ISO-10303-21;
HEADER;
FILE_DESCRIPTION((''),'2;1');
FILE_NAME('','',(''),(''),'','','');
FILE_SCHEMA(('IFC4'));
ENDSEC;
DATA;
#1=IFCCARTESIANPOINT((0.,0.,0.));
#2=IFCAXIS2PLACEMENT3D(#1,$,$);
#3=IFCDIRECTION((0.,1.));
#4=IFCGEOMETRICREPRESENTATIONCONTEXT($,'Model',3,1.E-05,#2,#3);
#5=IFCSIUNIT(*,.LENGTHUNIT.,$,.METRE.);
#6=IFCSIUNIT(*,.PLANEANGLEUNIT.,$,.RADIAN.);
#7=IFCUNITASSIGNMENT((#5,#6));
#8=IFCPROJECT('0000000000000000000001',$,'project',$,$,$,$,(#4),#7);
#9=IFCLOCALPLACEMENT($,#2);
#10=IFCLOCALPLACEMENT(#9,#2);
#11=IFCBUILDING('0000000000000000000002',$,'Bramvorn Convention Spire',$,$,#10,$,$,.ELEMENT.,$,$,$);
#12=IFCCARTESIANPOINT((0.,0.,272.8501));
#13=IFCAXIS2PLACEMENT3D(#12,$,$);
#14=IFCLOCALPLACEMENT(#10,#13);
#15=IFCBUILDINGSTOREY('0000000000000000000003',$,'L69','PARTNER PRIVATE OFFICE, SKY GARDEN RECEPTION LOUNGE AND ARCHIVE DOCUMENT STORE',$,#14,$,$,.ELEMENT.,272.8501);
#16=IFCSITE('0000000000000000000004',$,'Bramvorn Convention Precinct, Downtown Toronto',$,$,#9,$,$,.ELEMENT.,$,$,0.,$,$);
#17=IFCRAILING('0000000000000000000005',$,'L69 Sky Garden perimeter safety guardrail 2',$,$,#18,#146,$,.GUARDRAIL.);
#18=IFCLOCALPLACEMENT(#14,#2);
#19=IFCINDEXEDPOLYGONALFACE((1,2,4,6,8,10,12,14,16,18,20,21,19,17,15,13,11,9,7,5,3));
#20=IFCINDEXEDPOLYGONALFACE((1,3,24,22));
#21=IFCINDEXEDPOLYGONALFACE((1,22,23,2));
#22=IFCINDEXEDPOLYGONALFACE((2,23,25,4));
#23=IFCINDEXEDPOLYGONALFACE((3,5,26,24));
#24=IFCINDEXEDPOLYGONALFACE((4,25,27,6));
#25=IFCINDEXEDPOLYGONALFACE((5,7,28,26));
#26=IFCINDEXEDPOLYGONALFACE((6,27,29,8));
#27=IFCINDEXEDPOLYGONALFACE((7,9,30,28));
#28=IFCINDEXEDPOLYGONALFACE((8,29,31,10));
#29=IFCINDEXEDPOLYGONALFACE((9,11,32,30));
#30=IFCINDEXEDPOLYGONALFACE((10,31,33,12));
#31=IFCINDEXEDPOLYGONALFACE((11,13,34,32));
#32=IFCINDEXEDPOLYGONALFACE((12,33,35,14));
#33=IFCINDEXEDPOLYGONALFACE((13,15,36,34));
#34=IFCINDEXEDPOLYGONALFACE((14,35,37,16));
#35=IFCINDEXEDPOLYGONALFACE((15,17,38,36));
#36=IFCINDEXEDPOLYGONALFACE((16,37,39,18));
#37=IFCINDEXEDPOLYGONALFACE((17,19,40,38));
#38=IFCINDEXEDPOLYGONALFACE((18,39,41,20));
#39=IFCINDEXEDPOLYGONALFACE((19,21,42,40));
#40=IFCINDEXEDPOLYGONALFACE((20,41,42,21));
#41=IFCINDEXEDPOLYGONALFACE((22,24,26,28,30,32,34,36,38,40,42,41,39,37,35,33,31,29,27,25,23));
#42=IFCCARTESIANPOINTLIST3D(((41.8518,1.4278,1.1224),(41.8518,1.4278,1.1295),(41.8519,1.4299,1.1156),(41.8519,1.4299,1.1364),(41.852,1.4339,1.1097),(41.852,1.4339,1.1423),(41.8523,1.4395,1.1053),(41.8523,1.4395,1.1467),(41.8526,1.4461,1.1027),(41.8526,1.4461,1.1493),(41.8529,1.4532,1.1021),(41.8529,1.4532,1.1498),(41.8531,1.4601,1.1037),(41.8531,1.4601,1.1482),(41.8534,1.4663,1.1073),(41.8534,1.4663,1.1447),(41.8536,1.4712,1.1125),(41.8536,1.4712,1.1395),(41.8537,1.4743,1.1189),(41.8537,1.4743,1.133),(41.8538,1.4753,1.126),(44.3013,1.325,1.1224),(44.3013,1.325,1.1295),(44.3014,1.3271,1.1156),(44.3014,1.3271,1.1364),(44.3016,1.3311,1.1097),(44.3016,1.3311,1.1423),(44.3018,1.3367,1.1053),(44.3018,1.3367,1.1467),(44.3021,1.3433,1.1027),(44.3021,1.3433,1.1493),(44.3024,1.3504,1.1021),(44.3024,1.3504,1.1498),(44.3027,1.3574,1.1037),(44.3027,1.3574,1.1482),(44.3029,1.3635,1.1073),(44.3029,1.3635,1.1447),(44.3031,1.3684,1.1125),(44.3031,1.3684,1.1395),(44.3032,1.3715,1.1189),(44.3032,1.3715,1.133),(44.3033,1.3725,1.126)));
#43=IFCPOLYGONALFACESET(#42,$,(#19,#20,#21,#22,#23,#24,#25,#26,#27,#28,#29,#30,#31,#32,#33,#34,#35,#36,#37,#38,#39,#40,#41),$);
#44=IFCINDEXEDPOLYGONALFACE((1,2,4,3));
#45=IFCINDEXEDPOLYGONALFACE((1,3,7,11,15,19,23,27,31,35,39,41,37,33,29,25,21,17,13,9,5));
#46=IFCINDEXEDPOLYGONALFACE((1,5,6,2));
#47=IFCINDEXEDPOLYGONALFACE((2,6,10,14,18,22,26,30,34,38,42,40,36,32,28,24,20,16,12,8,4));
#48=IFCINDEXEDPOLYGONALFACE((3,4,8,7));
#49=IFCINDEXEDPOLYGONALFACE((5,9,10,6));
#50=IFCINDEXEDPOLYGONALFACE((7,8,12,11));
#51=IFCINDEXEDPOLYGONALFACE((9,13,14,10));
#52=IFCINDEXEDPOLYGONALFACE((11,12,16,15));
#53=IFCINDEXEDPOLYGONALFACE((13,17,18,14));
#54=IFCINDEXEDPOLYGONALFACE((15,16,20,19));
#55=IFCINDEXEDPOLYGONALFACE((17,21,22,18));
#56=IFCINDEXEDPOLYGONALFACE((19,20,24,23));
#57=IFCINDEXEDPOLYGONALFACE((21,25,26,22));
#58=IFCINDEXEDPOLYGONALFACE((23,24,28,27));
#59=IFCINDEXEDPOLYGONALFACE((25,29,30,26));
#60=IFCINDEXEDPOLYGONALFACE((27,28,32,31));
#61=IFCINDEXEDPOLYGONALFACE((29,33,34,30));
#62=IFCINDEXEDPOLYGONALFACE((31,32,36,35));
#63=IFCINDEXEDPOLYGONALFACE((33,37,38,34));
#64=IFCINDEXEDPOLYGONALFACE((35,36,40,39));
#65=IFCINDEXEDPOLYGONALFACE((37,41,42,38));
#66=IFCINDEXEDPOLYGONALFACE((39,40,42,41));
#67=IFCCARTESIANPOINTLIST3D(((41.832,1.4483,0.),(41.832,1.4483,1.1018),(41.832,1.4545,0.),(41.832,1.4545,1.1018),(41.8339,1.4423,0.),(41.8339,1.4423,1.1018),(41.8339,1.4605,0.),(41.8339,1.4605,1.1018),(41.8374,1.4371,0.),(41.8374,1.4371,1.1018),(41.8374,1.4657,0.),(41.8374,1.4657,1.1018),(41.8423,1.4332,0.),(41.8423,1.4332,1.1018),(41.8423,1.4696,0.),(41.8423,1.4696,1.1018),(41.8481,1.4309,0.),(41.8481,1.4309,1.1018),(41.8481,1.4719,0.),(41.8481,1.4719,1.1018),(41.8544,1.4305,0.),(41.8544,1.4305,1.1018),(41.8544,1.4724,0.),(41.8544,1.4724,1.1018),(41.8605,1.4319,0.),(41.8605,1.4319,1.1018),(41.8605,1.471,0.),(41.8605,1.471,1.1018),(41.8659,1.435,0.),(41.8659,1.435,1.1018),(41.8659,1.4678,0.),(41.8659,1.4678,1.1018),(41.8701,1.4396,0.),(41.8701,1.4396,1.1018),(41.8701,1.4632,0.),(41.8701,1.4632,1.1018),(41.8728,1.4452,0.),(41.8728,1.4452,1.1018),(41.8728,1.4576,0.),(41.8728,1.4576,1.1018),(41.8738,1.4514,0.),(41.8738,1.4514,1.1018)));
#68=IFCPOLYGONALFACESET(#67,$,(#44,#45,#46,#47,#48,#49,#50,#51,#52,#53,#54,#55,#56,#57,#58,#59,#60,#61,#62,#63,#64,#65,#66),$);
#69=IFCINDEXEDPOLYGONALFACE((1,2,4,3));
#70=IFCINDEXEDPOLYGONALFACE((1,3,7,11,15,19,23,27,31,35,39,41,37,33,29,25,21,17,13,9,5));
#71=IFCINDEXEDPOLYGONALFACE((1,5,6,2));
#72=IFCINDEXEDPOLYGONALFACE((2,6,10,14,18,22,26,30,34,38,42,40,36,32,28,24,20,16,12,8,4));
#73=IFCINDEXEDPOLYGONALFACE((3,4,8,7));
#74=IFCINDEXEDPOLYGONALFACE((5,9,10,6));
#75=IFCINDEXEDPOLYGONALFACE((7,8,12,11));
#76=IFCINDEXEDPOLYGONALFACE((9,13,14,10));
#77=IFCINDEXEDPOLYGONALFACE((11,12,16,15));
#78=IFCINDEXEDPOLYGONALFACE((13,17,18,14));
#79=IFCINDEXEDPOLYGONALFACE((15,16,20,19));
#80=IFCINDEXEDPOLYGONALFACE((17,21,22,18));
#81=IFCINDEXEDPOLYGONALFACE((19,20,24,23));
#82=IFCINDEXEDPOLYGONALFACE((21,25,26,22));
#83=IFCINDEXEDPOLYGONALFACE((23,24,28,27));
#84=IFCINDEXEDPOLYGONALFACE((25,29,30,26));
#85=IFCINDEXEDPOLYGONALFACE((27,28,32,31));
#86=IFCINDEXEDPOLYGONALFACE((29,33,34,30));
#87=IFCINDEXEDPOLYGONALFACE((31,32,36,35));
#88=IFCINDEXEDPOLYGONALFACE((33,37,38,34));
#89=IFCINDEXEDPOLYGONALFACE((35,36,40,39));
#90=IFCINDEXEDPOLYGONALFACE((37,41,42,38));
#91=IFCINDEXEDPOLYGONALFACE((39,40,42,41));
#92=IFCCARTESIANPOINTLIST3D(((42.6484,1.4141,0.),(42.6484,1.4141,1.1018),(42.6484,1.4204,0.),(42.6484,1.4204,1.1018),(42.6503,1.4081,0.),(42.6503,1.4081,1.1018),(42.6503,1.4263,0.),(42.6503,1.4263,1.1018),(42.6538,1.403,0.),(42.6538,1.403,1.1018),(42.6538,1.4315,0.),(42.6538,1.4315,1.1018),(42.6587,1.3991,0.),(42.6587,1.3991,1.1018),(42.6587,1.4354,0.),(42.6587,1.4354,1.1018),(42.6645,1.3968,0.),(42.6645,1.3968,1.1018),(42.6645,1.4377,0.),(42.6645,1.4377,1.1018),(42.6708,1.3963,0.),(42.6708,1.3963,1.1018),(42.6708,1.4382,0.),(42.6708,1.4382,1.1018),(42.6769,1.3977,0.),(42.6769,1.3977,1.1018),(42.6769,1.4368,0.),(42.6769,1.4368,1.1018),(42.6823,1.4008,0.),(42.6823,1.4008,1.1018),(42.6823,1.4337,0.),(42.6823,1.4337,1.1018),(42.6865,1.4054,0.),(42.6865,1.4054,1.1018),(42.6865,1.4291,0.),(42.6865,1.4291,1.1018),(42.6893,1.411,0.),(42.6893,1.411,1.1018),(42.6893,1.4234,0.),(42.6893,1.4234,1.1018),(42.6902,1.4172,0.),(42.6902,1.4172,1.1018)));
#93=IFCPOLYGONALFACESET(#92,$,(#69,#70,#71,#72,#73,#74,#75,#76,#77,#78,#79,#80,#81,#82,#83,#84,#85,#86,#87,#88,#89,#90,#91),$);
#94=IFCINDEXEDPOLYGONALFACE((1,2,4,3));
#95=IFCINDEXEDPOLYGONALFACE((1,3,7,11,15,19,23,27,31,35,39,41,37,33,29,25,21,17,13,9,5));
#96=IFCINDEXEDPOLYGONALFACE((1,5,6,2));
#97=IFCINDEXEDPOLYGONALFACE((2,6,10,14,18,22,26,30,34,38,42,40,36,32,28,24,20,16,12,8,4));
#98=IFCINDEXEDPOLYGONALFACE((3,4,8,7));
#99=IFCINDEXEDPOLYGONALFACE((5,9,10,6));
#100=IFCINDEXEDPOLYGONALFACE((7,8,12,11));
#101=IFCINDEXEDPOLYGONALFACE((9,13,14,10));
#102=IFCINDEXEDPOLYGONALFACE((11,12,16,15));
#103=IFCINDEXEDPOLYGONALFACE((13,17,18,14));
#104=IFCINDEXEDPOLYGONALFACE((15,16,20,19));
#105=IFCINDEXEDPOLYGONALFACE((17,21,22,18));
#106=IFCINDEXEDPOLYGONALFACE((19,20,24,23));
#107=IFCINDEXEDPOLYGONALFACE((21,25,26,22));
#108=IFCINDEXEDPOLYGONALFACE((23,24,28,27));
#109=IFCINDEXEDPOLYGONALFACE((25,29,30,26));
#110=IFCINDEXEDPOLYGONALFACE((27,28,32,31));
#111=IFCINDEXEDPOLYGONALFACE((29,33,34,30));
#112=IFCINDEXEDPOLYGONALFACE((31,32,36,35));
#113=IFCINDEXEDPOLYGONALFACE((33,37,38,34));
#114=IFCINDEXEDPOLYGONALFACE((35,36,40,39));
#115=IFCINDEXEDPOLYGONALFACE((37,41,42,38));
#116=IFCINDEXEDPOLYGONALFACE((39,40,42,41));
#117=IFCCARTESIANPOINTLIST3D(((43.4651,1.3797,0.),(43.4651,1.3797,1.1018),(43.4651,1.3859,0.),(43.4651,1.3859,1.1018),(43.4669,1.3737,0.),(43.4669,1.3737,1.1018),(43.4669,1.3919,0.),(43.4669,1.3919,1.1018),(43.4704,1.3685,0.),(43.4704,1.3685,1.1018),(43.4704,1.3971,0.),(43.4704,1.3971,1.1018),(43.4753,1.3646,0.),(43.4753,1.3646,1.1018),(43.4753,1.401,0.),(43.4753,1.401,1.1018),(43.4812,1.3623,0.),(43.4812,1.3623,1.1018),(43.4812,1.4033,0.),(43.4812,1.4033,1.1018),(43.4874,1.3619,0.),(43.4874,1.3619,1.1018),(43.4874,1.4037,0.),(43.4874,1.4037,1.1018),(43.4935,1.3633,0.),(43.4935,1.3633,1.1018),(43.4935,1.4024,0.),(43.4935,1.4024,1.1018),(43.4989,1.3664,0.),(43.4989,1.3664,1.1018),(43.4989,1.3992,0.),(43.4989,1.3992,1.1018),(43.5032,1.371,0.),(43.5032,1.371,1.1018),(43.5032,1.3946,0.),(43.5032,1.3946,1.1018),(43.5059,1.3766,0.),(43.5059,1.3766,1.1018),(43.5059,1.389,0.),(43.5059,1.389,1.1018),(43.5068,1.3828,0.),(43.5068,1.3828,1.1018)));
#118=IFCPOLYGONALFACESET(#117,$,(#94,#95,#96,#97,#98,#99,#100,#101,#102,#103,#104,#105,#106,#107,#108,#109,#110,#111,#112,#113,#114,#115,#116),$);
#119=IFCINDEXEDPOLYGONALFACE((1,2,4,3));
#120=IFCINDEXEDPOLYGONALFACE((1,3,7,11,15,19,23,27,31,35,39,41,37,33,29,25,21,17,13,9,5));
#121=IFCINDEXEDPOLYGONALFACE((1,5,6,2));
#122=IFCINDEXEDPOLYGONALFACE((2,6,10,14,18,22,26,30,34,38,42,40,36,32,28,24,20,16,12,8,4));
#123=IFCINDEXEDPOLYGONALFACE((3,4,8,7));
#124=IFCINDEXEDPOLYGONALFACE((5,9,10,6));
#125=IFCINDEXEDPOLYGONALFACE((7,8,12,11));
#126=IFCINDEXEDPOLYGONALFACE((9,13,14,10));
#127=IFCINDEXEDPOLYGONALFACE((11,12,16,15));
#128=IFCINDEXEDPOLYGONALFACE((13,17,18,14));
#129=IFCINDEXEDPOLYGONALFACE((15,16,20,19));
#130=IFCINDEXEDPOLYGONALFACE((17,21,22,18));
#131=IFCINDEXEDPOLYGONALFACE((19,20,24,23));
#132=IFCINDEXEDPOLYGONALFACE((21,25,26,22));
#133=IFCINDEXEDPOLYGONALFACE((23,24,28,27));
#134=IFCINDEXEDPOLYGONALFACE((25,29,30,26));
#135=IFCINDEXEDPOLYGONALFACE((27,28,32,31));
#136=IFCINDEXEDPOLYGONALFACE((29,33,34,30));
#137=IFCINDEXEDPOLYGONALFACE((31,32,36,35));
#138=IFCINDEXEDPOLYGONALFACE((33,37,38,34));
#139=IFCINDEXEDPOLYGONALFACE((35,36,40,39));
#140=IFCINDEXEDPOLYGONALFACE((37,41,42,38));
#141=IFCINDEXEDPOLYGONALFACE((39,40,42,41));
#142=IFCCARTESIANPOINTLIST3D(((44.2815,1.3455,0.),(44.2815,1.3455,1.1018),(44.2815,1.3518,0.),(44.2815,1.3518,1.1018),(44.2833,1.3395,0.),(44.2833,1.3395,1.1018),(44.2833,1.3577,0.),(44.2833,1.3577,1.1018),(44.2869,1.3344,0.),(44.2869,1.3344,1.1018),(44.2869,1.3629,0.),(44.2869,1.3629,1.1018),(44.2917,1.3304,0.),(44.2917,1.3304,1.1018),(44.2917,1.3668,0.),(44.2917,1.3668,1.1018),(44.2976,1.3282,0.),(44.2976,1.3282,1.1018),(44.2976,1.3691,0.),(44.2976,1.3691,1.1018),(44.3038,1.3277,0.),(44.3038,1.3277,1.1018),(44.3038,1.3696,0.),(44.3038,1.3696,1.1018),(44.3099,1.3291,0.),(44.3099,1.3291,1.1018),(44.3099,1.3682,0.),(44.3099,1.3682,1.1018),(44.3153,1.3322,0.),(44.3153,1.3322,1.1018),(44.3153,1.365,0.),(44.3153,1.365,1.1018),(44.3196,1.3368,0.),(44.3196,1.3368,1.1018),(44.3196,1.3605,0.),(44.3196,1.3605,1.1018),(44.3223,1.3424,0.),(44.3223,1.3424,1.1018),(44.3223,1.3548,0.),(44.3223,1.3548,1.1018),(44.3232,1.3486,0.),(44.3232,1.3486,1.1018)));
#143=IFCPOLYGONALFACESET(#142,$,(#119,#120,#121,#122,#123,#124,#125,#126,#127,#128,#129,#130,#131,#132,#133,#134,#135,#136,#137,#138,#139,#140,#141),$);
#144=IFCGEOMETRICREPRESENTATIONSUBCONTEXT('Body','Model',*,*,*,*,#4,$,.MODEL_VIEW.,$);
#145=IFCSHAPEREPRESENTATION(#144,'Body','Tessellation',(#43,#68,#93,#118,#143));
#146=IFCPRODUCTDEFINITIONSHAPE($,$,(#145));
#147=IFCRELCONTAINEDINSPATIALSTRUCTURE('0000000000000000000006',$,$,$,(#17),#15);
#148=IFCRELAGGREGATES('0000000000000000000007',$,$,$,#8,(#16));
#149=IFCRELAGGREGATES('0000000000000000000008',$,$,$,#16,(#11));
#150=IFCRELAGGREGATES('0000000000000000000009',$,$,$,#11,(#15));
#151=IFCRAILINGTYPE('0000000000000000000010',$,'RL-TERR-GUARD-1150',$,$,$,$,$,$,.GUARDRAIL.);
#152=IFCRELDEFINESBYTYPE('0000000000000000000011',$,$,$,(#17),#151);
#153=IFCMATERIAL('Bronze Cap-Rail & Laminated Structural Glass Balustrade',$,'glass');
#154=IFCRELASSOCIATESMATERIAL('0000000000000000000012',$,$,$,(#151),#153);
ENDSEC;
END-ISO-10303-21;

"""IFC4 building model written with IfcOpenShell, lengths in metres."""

from ifc_helpers import new_model, si_unit, direction, frame, origin, origin_2d, place, context, subcontext, project, spatial, circle, extrude, material, type_object, element, save


model = new_model("IFC4")

# Units and contexts
model_context = context("Model", 3, precision=1e-05, world=origin(), true_north=direction((0.0, 1.0)))
body_context = subcontext(model_context, "Body", "Model", "MODEL_VIEW")
ifc_project = project(units=[si_unit("LENGTHUNIT", "METRE"), si_unit("PLANEANGLEUNIT", "RADIAN")], contexts=[model_context])

# Site, building, storey
site_placement = place(None, origin())
site = spatial("IfcSite", under=ifc_project, at=site_placement, Name="Bramvorn Convention Precinct, Downtown Toronto", CompositionType="ELEMENT", RefElevation=0.0)
building_placement = place(site_placement, origin())
building = spatial("IfcBuilding", under=site, at=building_placement, Name="Bramvorn Convention Spire", CompositionType="ELEMENT")
storey_placement = place(building_placement, frame((0.0, 0.0, 272.8501)))
storey = spatial("IfcBuildingStorey", under=building, at=storey_placement, Name="L69", Description="PARTNER PRIVATE OFFICE, SKY GARDEN RECEPTION LOUNGE AND ARCHIVE DOCUMENT STORE", CompositionType="ELEMENT", Elevation=272.8501)

# Railing
ifc_material_1 = material(Name="Bronze Cap-Rail & Laminated Structural Glass Balustrade", Category="glass")
railing_type = type_object("IfcRailingType", Name="RL-TERR-GUARD-1150", PredefinedType="GUARDRAIL", material=ifc_material_1)
railing_1_placement = place(storey_placement, frame((41.8528, 1.4514, 0.0)))
element("IfcRailing", 1, at=railing_1_placement, inside=storey, type_object=railing_type, Name="L69 Sky Garden perimeter safety guardrail 2", PredefinedType="GUARDRAIL", context=body_context, shape_type="SweptSolid", body=[
    extrude(circle(Radius=0.0239, at=origin_2d()), frame((0.0, 0.0, 1.126), z_axis=(0.999121, -0.041925, 0.0), x_axis=(0.041925, 0.999121, 0.0)), (0.0, 0.0, 1.0), 2.4517),
    extrude(circle(Radius=0.021, at=origin_2d()), origin(), (0.0, 0.0, 1.0), 1.1018),
    extrude(circle(Radius=0.021, at=origin_2d()), frame((0.8164, -0.0342, 0.0)), (0.0, 0.0, 1.0), 1.1018),
    extrude(circle(Radius=0.021, at=origin_2d()), frame((1.6331, -0.0686, 0.0)), (0.0, 0.0, 1.0), 1.1018),
    extrude(circle(Radius=0.021, at=origin_2d()), frame((2.4495, -0.1028, 0.0)), (0.0, 0.0, 1.0), 1.1018),
])

save(model, "model.ifc")
